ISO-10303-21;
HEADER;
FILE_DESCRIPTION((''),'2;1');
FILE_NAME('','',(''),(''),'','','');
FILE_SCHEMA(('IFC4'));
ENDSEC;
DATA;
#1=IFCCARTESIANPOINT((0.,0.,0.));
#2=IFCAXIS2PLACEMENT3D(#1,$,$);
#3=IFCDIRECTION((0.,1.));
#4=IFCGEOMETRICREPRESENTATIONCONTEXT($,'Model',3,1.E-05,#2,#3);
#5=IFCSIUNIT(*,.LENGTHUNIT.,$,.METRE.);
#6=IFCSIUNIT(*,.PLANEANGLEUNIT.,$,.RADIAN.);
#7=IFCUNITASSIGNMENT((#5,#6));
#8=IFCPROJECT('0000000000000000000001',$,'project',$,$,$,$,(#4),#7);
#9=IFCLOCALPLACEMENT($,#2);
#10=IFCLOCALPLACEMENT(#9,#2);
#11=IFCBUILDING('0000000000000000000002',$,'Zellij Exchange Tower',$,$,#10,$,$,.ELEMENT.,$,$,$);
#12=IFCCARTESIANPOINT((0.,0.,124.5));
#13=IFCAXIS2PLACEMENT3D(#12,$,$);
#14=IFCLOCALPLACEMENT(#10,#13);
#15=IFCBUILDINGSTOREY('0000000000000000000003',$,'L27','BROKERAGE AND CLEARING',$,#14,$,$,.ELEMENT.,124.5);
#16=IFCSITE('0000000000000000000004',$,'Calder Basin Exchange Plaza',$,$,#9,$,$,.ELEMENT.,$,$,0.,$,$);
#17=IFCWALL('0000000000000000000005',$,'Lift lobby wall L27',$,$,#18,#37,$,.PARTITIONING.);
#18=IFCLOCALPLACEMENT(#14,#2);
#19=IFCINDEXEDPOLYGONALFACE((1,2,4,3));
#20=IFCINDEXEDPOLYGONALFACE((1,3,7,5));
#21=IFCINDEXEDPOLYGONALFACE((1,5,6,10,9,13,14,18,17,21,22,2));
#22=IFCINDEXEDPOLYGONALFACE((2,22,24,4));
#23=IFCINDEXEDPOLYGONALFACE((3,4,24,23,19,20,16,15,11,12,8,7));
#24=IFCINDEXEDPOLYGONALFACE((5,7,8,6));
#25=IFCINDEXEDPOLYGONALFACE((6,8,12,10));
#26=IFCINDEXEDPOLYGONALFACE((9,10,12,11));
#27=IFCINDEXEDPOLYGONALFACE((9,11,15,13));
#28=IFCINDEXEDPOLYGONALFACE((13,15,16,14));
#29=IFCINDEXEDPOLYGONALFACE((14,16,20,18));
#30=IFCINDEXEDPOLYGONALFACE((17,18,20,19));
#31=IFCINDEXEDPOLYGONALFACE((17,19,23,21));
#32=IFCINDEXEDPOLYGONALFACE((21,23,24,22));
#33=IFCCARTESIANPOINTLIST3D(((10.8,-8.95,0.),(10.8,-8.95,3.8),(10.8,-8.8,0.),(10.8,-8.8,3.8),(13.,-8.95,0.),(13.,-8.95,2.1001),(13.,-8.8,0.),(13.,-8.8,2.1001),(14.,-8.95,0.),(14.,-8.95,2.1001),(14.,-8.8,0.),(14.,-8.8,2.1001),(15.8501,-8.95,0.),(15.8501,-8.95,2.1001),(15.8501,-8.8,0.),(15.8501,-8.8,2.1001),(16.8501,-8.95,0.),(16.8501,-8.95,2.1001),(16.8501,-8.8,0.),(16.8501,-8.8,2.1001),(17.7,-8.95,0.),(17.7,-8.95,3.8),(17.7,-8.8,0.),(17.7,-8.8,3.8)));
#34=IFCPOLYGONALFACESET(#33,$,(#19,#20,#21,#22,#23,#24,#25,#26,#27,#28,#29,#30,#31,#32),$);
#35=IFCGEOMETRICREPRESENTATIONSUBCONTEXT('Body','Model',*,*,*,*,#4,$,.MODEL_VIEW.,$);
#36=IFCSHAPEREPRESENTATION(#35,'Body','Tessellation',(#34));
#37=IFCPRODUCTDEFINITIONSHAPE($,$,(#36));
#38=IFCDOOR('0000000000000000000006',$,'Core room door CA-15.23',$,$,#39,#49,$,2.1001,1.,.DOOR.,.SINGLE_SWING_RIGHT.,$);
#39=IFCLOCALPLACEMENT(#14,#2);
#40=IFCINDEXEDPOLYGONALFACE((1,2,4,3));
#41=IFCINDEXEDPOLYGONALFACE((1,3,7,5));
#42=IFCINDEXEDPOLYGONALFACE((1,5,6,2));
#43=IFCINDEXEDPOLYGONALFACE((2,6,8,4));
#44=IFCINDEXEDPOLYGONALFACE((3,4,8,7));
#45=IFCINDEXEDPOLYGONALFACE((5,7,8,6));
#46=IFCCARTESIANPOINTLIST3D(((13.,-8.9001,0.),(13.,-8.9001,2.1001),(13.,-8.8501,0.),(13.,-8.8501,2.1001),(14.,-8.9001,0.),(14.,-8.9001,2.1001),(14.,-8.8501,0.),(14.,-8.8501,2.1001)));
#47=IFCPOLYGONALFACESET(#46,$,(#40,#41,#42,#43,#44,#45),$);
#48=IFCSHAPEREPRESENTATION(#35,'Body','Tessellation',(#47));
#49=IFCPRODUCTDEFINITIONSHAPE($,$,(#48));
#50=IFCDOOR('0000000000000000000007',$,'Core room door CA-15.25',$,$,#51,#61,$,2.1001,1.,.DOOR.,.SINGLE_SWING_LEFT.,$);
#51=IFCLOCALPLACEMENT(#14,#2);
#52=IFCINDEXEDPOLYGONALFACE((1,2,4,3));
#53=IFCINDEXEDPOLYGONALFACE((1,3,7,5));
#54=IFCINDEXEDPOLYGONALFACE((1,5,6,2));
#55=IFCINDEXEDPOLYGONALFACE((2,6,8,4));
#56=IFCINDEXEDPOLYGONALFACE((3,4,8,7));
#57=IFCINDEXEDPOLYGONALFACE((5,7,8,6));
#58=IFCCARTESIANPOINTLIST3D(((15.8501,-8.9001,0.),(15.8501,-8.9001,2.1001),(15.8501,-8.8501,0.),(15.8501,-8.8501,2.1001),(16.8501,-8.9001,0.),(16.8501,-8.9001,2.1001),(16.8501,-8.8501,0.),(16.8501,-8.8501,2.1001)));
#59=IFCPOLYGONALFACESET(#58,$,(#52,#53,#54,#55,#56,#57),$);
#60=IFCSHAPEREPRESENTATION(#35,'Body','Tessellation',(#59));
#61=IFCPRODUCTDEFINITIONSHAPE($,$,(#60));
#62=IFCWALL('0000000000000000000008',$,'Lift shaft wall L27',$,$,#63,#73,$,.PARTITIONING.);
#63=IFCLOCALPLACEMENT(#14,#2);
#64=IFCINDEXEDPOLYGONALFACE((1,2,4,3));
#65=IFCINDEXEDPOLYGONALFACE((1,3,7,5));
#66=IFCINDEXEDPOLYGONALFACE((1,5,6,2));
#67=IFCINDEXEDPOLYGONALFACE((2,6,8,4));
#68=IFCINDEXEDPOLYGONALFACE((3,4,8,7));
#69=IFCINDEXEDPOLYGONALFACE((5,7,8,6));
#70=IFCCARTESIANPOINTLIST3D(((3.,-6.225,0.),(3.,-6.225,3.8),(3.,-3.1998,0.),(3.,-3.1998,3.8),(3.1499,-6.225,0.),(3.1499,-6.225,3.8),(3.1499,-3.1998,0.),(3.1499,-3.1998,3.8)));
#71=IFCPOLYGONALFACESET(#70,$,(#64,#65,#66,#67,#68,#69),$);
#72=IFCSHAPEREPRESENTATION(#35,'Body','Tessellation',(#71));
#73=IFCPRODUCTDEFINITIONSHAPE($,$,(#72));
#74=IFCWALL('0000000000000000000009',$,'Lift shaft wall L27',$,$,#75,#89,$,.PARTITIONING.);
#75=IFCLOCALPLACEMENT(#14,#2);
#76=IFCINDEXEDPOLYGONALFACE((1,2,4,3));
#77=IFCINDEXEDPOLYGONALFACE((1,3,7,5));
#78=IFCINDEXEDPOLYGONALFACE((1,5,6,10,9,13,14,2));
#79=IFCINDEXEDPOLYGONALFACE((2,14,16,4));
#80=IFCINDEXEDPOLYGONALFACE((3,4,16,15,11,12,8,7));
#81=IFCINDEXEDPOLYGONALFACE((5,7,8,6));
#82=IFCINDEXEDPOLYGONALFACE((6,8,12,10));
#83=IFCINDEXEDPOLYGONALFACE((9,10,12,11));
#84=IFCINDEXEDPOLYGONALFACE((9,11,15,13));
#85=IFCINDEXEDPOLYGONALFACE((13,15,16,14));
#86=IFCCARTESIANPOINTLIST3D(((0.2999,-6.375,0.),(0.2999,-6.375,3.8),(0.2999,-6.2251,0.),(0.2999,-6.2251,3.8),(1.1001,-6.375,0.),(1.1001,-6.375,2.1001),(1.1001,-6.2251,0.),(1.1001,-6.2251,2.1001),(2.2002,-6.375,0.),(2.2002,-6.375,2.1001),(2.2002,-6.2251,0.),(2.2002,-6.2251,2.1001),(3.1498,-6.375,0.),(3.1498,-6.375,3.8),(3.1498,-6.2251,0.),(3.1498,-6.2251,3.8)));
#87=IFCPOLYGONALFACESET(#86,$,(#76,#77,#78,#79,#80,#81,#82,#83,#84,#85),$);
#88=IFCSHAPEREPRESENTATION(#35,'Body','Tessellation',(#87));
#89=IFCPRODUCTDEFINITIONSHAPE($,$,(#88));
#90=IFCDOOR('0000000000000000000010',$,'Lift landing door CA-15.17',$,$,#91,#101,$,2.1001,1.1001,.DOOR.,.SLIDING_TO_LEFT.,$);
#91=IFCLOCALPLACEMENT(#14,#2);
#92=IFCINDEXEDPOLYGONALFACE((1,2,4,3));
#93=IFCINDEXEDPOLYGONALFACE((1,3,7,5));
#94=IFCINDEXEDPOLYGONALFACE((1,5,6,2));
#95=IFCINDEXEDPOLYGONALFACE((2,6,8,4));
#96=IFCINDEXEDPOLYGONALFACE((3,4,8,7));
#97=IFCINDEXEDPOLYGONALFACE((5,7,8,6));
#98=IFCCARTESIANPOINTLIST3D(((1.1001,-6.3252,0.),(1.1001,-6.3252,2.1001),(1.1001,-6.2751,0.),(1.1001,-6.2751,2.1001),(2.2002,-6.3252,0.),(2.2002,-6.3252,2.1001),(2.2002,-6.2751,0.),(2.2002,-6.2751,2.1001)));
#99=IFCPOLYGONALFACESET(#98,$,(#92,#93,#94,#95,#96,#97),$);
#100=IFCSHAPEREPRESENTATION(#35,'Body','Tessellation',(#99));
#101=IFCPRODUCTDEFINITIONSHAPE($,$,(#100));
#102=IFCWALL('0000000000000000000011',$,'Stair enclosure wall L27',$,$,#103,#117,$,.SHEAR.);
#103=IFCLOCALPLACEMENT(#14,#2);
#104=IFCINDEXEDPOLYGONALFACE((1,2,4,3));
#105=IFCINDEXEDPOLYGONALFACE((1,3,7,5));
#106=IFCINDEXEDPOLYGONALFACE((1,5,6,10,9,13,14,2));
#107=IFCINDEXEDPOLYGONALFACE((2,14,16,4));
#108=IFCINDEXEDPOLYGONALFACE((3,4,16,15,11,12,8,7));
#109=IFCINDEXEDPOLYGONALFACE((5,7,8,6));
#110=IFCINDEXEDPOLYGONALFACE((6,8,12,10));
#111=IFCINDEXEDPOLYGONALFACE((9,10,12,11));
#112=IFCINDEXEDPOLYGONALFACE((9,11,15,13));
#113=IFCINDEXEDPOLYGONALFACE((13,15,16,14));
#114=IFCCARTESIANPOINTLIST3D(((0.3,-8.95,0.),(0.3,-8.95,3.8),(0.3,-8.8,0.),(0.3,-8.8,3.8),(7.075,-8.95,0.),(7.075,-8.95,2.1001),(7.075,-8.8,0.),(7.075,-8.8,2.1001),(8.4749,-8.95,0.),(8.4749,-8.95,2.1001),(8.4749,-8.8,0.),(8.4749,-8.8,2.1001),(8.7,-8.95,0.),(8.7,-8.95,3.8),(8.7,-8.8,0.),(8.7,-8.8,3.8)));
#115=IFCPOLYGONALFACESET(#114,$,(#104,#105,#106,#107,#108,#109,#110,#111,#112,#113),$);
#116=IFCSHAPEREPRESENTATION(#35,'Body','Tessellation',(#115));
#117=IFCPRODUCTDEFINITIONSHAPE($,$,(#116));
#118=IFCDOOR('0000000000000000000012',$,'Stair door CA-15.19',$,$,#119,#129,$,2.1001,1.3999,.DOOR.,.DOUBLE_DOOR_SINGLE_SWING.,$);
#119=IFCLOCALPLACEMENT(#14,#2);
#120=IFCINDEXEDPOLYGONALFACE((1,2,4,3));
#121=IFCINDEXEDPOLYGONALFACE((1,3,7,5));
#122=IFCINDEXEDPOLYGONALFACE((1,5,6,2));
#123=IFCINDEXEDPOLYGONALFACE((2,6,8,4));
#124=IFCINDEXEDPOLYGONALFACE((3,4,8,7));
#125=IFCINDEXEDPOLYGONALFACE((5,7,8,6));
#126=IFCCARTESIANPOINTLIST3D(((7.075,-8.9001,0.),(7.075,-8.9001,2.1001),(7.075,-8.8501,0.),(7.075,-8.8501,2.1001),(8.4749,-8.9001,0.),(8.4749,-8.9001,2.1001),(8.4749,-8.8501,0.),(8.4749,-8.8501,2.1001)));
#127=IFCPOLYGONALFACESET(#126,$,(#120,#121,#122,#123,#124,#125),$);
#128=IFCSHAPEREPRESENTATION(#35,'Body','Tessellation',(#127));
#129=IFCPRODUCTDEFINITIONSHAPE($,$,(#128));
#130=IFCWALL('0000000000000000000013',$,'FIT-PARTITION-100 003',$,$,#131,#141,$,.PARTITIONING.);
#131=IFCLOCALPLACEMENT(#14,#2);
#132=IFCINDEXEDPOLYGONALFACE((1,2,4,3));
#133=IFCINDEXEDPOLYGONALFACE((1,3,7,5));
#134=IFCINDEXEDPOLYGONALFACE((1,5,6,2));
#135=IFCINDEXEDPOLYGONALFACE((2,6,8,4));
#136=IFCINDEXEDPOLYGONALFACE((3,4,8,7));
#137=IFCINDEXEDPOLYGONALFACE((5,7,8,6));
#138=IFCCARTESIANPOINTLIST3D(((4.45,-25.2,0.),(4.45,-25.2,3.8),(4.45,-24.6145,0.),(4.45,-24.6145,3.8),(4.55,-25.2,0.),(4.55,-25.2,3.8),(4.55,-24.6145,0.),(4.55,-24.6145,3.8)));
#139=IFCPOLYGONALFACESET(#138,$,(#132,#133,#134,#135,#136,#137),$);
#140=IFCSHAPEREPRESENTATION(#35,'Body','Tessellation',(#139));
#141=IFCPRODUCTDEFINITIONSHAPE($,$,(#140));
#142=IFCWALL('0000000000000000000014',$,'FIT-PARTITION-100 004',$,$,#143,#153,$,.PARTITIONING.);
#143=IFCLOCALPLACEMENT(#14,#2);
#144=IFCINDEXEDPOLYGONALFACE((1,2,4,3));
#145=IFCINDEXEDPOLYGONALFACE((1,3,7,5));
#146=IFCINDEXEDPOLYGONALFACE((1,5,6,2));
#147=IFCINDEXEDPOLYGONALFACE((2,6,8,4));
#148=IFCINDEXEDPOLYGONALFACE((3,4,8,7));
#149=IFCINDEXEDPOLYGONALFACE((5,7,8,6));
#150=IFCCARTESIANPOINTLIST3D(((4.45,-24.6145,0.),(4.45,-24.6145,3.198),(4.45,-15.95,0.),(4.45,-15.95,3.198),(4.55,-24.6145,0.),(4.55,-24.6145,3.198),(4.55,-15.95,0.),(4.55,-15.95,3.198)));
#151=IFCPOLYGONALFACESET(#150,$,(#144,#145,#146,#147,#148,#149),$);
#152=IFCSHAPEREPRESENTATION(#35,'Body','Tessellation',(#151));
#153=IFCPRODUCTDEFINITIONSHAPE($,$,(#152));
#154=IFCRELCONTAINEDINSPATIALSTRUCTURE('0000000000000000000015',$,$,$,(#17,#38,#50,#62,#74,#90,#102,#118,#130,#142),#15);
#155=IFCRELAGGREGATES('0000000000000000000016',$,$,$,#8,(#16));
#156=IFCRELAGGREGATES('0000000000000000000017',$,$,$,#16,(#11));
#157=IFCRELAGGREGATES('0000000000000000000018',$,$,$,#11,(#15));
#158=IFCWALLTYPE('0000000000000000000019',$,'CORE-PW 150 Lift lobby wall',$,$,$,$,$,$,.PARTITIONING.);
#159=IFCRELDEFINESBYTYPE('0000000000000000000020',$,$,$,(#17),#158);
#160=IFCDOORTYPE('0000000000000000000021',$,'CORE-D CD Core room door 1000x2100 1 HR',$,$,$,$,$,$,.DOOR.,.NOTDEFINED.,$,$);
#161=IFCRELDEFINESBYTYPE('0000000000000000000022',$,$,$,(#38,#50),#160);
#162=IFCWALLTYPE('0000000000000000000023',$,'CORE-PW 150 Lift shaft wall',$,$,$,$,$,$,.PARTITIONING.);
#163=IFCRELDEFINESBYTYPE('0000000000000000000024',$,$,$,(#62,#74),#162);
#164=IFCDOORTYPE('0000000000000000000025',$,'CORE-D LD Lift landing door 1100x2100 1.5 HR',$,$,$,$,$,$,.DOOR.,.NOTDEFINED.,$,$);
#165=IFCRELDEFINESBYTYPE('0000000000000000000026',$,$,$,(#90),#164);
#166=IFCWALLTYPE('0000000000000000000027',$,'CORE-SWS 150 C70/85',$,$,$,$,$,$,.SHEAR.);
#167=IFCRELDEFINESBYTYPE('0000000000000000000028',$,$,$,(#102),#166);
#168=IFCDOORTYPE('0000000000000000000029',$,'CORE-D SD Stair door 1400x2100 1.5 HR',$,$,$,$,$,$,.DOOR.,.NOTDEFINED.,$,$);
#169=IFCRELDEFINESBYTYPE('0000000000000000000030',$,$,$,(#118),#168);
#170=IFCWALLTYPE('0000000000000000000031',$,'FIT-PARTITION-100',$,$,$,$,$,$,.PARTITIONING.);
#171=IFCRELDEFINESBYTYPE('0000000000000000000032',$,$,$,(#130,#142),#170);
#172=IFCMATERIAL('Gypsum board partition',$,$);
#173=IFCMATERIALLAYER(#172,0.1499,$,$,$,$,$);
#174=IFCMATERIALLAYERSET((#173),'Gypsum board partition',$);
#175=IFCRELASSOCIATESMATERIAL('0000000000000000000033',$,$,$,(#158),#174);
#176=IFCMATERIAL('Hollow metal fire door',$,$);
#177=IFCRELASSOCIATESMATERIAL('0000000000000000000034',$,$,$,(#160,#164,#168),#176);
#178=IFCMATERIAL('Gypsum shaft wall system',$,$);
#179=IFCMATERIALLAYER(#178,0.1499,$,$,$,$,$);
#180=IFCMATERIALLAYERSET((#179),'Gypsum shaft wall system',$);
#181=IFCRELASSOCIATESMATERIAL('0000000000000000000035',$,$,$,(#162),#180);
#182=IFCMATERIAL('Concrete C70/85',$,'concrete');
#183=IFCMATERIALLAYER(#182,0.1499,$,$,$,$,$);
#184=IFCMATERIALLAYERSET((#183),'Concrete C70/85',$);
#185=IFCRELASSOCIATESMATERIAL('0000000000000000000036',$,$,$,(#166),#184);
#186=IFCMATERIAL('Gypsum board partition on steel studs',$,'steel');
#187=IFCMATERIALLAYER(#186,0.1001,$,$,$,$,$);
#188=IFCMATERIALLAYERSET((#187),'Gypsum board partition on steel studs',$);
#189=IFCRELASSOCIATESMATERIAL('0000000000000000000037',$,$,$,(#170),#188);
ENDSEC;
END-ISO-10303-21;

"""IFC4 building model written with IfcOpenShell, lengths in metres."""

from ifc_helpers import new_model, si_unit, direction, frame, frame_2d, origin, place, context, subcontext, project, spatial, rectangle, extrude, material, layer, layer_set, type_object, element, fill, save


model = new_model("IFC4")

# Units and contexts
model_context = context("Model", 3, precision=1e-05, world=origin(), true_north=direction((0.0, 1.0)))
body_context = subcontext(model_context, "Body", "Model", "MODEL_VIEW")
ifc_project = project(units=[si_unit("LENGTHUNIT", "METRE"), si_unit("PLANEANGLEUNIT", "RADIAN")], contexts=[model_context])

# Site, building, storey
site_placement = place(None, origin())
site = spatial("IfcSite", under=ifc_project, at=site_placement, Name="Calder Basin Exchange Plaza", CompositionType="ELEMENT", RefElevation=0.0)
building_placement = place(site_placement, origin())
building = spatial("IfcBuilding", under=site, at=building_placement, Name="Zellij Exchange Tower", CompositionType="ELEMENT")
storey_placement = place(building_placement, frame((0.0, 0.0, 124.5)))
storey = spatial("IfcBuildingStorey", under=building, at=storey_placement, Name="L27", Description="BROKERAGE AND CLEARING", CompositionType="ELEMENT", Elevation=124.5)

# Shared definitions
ifc_material_1 = material(Name="Concrete C70/85", Category="concrete")

# Shared definitions
ifc_material_2 = material(Name="Gypsum shaft wall system")
ifc_material_3 = material(Name="Hollow metal fire door")

# Shared definitions
ifc_material_4 = material(Name="Gypsum board partition")
ifc_layer_1 = layer(ifc_material_4, 0.1499)
ifc_layer_set_1 = layer_set([ifc_layer_1], Name="Gypsum board partition")
wall_type_1 = type_object("IfcWallType", Name="CORE-PW 150 Lift lobby wall", PredefinedType="PARTITIONING", material=ifc_layer_set_1)

# Wall, openings, doors
wall_1_placement = place(storey_placement, frame((10.8, -8.875, 0.0), z_axis=(0.0, 0.0, 1.0), x_axis=(1.0, 0.0, 0.0)))
wall_1 = element("IfcWall", 1, at=wall_1_placement, inside=storey, type_object=wall_type_1, Name="Lift lobby wall L27", PredefinedType="PARTITIONING", context=body_context, shape_type="SweptSolid", body=[
    extrude(rectangle(XDim=6.8999, YDim=0.1499, at=frame_2d((3.45, 0.0))), origin(), (0.0, 0.0, 1.0), 3.8),
])
opening_1_placement = place(wall_1_placement, frame((2.2, 0.0, 0.0)))
opening_1 = element("IfcOpeningElement", 2, at=opening_1_placement, cuts=wall_1, PredefinedType="OPENING", context=body_context, shape_type="SweptSolid", body=[
    extrude(rectangle(XDim=1.0, YDim=2.1001, at=frame_2d((0.5, 1.05))), frame((0.0, 0.0869, 0.0), z_axis=(0.0, -1.0, 0.0), x_axis=(1.0, 0.0, 0.0)), (0.0, 0.0, 1.0), 0.1738),
])
opening_2_placement = place(wall_1_placement, frame((5.05, 0.0, 0.0)))
opening_2 = element("IfcOpeningElement", 3, at=opening_2_placement, cuts=wall_1, PredefinedType="OPENING", context=body_context, shape_type="SweptSolid", body=[
    extrude(rectangle(XDim=1.0, YDim=2.1001, at=frame_2d((0.5, 1.05))), frame((0.0, 0.0869, 0.0), z_axis=(0.0, -1.0, 0.0), x_axis=(1.0, 0.0, 0.0)), (0.0, 0.0, 1.0), 0.1738),
])
door_type_1 = type_object("IfcDoorType", Name="CORE-D CD Core room door 1000x2100 1 HR", OperationType="NOTDEFINED", PredefinedType="DOOR", material=ifc_material_3)
door_1_placement = place(opening_1_placement, origin())
door_1 = element("IfcDoor", 4, at=door_1_placement, inside=storey, type_object=door_type_1, Name="Core room door CA-15.23", OperationType="SINGLE_SWING_RIGHT", OverallHeight=2.1001, OverallWidth=1.0, PredefinedType="DOOR", context=body_context, shape_type="SweptSolid", body=[
    extrude(rectangle(XDim=1.0, YDim=2.1001, at=frame_2d((0.5, 1.05))), frame((0.0, 0.0249, 0.0), z_axis=(0.0, -1.0, 0.0), x_axis=(1.0, 0.0, 0.0)), (0.0, 0.0, 1.0), 0.05),
])
fill(opening_1, door_1)
door_2_placement = place(opening_2_placement, origin())
door_2 = element("IfcDoor", 5, at=door_2_placement, inside=storey, type_object=door_type_1, Name="Core room door CA-15.25", OperationType="SINGLE_SWING_LEFT", OverallHeight=2.1001, OverallWidth=1.0, PredefinedType="DOOR", context=body_context, shape_type="SweptSolid", body=[
    extrude(rectangle(XDim=1.0, YDim=2.1001, at=frame_2d((0.5, 1.05))), frame((0.0, 0.0249, 0.0), z_axis=(0.0, -1.0, 0.0), x_axis=(1.0, 0.0, 0.0)), (0.0, 0.0, 1.0), 0.05),
])
fill(opening_2, door_2)

# Wall
ifc_layer_2 = layer(ifc_material_2, 0.1499)
ifc_layer_set_2 = layer_set([ifc_layer_2], Name="Gypsum shaft wall system")
wall_type_2 = type_object("IfcWallType", Name="CORE-PW 150 Lift shaft wall", PredefinedType="PARTITIONING", material=ifc_layer_set_2)
wall_2_placement = place(storey_placement, frame((3.075, -6.2251, 0.0), z_axis=(0.0, 0.0, 1.0), x_axis=(0.0, 1.0, 0.0)))
element("IfcWall", 6, at=wall_2_placement, inside=storey, type_object=wall_type_2, Name="Lift shaft wall L27", PredefinedType="PARTITIONING", context=body_context, shape_type="SweptSolid", body=[
    extrude(rectangle(XDim=3.0251, YDim=0.1499, at=frame_2d((1.5127, 0.0))), origin(), (0.0, 0.0, 1.0), 3.8),
])

# Walls, openings, doors
wall_3_placement = place(storey_placement, frame((0.3, -6.3, 0.0), z_axis=(0.0, 0.0, 1.0), x_axis=(1.0, 0.0, 0.0)))
wall_3 = element("IfcWall", 7, at=wall_3_placement, inside=storey, type_object=wall_type_2, Name="Lift shaft wall L27", PredefinedType="PARTITIONING", context=body_context, shape_type="SweptSolid", body=[
    extrude(rectangle(XDim=2.8499, YDim=0.1499, at=frame_2d((1.4248, 0.0))), origin(), (0.0, 0.0, 1.0), 3.8),
])
opening_3_placement = place(wall_3_placement, frame((0.8, 0.0, 0.0)))
opening_3 = element("IfcOpeningElement", 8, at=opening_3_placement, cuts=wall_3, PredefinedType="OPENING", context=body_context, shape_type="SweptSolid", body=[
    extrude(rectangle(XDim=1.1001, YDim=2.1001, at=frame_2d((0.55, 1.05))), frame((0.0, 0.0869, 0.0), z_axis=(0.0, -1.0, 0.0), x_axis=(1.0, 0.0, 0.0)), (0.0, 0.0, 1.0), 0.1738),
])
door_type_2 = type_object("IfcDoorType", Name="CORE-D LD Lift landing door 1100x2100 1.5 HR", OperationType="NOTDEFINED", PredefinedType="DOOR", material=ifc_material_3)
door_3_placement = place(opening_3_placement, origin())
door_3 = element("IfcDoor", 9, at=door_3_placement, inside=storey, type_object=door_type_2, Name="Lift landing door CA-15.17", OperationType="SLIDING_TO_LEFT", OverallHeight=2.1001, OverallWidth=1.1001, PredefinedType="DOOR", context=body_context, shape_type="SweptSolid", body=[
    extrude(rectangle(XDim=1.1001, YDim=2.1001, at=frame_2d((0.55, 1.05))), frame((0.0, 0.0249, 0.0), z_axis=(0.0, -1.0, 0.0), x_axis=(1.0, 0.0, 0.0)), (0.0, 0.0, 1.0), 0.05),
])
fill(opening_3, door_3)
ifc_layer_3 = layer(ifc_material_1, 0.1499)
ifc_layer_set_3 = layer_set([ifc_layer_3], Name="Concrete C70/85")
wall_type_3 = type_object("IfcWallType", Name="CORE-SWS 150 C70/85", PredefinedType="SHEAR", material=ifc_layer_set_3)
wall_4_placement = place(storey_placement, frame((0.3, -8.875, 0.0), z_axis=(0.0, 0.0, 1.0), x_axis=(1.0, 0.0, 0.0)))
wall_4 = element("IfcWall", 10, at=wall_4_placement, inside=storey, type_object=wall_type_3, Name="Stair enclosure wall L27", PredefinedType="SHEAR", context=body_context, shape_type="SweptSolid", body=[
    extrude(rectangle(XDim=8.3999, YDim=0.1499, at=frame_2d((4.2, 0.0))), origin(), (0.0, 0.0, 1.0), 3.8),
])
opening_4_placement = place(wall_4_placement, frame((6.7749, 0.0, 0.0)))
opening_4 = element("IfcOpeningElement", 11, at=opening_4_placement, cuts=wall_4, PredefinedType="OPENING", context=body_context, shape_type="SweptSolid", body=[
    extrude(rectangle(XDim=1.3999, YDim=2.1001, at=frame_2d((0.7, 1.05))), frame((0.0, 0.0869, 0.0), z_axis=(0.0, -1.0, 0.0), x_axis=(1.0, 0.0, 0.0)), (0.0, 0.0, 1.0), 0.1738),
])
door_type_3 = type_object("IfcDoorType", Name="CORE-D SD Stair door 1400x2100 1.5 HR", OperationType="NOTDEFINED", PredefinedType="DOOR", material=ifc_material_3)
door_4_placement = place(opening_4_placement, origin())
door_4 = element("IfcDoor", 12, at=door_4_placement, inside=storey, type_object=door_type_3, Name="Stair door CA-15.19", OperationType="DOUBLE_DOOR_SINGLE_SWING", OverallHeight=2.1001, OverallWidth=1.3999, PredefinedType="DOOR", context=body_context, shape_type="SweptSolid", body=[
    extrude(rectangle(XDim=1.3999, YDim=2.1001, at=frame_2d((0.7, 1.05))), frame((0.0, 0.0249, 0.0), z_axis=(0.0, -1.0, 0.0), x_axis=(1.0, 0.0, 0.0)), (0.0, 0.0, 1.0), 0.05),
])
fill(opening_4, door_4)

# Walls
ifc_material_5 = material(Name="Gypsum board partition on steel studs", Category="steel")
ifc_layer_4 = layer(ifc_material_5, 0.1001)
ifc_layer_set_4 = layer_set([ifc_layer_4], Name="Gypsum board partition on steel studs")
wall_type_4 = type_object("IfcWallType", Name="FIT-PARTITION-100", PredefinedType="PARTITIONING", material=ifc_layer_set_4)
wall_5_placement = place(storey_placement, frame((4.5, -25.2, 0.0), z_axis=(0.0, 0.0, 1.0), x_axis=(0.0, 1.0, 0.0)))
element("IfcWall", 13, at=wall_5_placement, inside=storey, type_object=wall_type_4, Name="FIT-PARTITION-100 003", PredefinedType="PARTITIONING", context=body_context, shape_type="SweptSolid", body=[
    extrude(rectangle(XDim=0.5854, YDim=0.1001, at=frame_2d((0.2927, 0.0))), origin(), (0.0, 0.0, 1.0), 3.8),
])
wall_6_placement = place(storey_placement, frame((4.5, -24.6145, 0.0), z_axis=(0.0, 0.0, 1.0), x_axis=(0.0, 1.0, 0.0)))
element("IfcWall", 14, at=wall_6_placement, inside=storey, type_object=wall_type_4, Name="FIT-PARTITION-100 004", PredefinedType="PARTITIONING", context=body_context, shape_type="SweptSolid", body=[
    extrude(rectangle(XDim=8.6646, YDim=0.1001, at=frame_2d((4.3323, 0.0))), origin(), (0.0, 0.0, 1.0), 3.198),
])

save(model, "model.ifc")
